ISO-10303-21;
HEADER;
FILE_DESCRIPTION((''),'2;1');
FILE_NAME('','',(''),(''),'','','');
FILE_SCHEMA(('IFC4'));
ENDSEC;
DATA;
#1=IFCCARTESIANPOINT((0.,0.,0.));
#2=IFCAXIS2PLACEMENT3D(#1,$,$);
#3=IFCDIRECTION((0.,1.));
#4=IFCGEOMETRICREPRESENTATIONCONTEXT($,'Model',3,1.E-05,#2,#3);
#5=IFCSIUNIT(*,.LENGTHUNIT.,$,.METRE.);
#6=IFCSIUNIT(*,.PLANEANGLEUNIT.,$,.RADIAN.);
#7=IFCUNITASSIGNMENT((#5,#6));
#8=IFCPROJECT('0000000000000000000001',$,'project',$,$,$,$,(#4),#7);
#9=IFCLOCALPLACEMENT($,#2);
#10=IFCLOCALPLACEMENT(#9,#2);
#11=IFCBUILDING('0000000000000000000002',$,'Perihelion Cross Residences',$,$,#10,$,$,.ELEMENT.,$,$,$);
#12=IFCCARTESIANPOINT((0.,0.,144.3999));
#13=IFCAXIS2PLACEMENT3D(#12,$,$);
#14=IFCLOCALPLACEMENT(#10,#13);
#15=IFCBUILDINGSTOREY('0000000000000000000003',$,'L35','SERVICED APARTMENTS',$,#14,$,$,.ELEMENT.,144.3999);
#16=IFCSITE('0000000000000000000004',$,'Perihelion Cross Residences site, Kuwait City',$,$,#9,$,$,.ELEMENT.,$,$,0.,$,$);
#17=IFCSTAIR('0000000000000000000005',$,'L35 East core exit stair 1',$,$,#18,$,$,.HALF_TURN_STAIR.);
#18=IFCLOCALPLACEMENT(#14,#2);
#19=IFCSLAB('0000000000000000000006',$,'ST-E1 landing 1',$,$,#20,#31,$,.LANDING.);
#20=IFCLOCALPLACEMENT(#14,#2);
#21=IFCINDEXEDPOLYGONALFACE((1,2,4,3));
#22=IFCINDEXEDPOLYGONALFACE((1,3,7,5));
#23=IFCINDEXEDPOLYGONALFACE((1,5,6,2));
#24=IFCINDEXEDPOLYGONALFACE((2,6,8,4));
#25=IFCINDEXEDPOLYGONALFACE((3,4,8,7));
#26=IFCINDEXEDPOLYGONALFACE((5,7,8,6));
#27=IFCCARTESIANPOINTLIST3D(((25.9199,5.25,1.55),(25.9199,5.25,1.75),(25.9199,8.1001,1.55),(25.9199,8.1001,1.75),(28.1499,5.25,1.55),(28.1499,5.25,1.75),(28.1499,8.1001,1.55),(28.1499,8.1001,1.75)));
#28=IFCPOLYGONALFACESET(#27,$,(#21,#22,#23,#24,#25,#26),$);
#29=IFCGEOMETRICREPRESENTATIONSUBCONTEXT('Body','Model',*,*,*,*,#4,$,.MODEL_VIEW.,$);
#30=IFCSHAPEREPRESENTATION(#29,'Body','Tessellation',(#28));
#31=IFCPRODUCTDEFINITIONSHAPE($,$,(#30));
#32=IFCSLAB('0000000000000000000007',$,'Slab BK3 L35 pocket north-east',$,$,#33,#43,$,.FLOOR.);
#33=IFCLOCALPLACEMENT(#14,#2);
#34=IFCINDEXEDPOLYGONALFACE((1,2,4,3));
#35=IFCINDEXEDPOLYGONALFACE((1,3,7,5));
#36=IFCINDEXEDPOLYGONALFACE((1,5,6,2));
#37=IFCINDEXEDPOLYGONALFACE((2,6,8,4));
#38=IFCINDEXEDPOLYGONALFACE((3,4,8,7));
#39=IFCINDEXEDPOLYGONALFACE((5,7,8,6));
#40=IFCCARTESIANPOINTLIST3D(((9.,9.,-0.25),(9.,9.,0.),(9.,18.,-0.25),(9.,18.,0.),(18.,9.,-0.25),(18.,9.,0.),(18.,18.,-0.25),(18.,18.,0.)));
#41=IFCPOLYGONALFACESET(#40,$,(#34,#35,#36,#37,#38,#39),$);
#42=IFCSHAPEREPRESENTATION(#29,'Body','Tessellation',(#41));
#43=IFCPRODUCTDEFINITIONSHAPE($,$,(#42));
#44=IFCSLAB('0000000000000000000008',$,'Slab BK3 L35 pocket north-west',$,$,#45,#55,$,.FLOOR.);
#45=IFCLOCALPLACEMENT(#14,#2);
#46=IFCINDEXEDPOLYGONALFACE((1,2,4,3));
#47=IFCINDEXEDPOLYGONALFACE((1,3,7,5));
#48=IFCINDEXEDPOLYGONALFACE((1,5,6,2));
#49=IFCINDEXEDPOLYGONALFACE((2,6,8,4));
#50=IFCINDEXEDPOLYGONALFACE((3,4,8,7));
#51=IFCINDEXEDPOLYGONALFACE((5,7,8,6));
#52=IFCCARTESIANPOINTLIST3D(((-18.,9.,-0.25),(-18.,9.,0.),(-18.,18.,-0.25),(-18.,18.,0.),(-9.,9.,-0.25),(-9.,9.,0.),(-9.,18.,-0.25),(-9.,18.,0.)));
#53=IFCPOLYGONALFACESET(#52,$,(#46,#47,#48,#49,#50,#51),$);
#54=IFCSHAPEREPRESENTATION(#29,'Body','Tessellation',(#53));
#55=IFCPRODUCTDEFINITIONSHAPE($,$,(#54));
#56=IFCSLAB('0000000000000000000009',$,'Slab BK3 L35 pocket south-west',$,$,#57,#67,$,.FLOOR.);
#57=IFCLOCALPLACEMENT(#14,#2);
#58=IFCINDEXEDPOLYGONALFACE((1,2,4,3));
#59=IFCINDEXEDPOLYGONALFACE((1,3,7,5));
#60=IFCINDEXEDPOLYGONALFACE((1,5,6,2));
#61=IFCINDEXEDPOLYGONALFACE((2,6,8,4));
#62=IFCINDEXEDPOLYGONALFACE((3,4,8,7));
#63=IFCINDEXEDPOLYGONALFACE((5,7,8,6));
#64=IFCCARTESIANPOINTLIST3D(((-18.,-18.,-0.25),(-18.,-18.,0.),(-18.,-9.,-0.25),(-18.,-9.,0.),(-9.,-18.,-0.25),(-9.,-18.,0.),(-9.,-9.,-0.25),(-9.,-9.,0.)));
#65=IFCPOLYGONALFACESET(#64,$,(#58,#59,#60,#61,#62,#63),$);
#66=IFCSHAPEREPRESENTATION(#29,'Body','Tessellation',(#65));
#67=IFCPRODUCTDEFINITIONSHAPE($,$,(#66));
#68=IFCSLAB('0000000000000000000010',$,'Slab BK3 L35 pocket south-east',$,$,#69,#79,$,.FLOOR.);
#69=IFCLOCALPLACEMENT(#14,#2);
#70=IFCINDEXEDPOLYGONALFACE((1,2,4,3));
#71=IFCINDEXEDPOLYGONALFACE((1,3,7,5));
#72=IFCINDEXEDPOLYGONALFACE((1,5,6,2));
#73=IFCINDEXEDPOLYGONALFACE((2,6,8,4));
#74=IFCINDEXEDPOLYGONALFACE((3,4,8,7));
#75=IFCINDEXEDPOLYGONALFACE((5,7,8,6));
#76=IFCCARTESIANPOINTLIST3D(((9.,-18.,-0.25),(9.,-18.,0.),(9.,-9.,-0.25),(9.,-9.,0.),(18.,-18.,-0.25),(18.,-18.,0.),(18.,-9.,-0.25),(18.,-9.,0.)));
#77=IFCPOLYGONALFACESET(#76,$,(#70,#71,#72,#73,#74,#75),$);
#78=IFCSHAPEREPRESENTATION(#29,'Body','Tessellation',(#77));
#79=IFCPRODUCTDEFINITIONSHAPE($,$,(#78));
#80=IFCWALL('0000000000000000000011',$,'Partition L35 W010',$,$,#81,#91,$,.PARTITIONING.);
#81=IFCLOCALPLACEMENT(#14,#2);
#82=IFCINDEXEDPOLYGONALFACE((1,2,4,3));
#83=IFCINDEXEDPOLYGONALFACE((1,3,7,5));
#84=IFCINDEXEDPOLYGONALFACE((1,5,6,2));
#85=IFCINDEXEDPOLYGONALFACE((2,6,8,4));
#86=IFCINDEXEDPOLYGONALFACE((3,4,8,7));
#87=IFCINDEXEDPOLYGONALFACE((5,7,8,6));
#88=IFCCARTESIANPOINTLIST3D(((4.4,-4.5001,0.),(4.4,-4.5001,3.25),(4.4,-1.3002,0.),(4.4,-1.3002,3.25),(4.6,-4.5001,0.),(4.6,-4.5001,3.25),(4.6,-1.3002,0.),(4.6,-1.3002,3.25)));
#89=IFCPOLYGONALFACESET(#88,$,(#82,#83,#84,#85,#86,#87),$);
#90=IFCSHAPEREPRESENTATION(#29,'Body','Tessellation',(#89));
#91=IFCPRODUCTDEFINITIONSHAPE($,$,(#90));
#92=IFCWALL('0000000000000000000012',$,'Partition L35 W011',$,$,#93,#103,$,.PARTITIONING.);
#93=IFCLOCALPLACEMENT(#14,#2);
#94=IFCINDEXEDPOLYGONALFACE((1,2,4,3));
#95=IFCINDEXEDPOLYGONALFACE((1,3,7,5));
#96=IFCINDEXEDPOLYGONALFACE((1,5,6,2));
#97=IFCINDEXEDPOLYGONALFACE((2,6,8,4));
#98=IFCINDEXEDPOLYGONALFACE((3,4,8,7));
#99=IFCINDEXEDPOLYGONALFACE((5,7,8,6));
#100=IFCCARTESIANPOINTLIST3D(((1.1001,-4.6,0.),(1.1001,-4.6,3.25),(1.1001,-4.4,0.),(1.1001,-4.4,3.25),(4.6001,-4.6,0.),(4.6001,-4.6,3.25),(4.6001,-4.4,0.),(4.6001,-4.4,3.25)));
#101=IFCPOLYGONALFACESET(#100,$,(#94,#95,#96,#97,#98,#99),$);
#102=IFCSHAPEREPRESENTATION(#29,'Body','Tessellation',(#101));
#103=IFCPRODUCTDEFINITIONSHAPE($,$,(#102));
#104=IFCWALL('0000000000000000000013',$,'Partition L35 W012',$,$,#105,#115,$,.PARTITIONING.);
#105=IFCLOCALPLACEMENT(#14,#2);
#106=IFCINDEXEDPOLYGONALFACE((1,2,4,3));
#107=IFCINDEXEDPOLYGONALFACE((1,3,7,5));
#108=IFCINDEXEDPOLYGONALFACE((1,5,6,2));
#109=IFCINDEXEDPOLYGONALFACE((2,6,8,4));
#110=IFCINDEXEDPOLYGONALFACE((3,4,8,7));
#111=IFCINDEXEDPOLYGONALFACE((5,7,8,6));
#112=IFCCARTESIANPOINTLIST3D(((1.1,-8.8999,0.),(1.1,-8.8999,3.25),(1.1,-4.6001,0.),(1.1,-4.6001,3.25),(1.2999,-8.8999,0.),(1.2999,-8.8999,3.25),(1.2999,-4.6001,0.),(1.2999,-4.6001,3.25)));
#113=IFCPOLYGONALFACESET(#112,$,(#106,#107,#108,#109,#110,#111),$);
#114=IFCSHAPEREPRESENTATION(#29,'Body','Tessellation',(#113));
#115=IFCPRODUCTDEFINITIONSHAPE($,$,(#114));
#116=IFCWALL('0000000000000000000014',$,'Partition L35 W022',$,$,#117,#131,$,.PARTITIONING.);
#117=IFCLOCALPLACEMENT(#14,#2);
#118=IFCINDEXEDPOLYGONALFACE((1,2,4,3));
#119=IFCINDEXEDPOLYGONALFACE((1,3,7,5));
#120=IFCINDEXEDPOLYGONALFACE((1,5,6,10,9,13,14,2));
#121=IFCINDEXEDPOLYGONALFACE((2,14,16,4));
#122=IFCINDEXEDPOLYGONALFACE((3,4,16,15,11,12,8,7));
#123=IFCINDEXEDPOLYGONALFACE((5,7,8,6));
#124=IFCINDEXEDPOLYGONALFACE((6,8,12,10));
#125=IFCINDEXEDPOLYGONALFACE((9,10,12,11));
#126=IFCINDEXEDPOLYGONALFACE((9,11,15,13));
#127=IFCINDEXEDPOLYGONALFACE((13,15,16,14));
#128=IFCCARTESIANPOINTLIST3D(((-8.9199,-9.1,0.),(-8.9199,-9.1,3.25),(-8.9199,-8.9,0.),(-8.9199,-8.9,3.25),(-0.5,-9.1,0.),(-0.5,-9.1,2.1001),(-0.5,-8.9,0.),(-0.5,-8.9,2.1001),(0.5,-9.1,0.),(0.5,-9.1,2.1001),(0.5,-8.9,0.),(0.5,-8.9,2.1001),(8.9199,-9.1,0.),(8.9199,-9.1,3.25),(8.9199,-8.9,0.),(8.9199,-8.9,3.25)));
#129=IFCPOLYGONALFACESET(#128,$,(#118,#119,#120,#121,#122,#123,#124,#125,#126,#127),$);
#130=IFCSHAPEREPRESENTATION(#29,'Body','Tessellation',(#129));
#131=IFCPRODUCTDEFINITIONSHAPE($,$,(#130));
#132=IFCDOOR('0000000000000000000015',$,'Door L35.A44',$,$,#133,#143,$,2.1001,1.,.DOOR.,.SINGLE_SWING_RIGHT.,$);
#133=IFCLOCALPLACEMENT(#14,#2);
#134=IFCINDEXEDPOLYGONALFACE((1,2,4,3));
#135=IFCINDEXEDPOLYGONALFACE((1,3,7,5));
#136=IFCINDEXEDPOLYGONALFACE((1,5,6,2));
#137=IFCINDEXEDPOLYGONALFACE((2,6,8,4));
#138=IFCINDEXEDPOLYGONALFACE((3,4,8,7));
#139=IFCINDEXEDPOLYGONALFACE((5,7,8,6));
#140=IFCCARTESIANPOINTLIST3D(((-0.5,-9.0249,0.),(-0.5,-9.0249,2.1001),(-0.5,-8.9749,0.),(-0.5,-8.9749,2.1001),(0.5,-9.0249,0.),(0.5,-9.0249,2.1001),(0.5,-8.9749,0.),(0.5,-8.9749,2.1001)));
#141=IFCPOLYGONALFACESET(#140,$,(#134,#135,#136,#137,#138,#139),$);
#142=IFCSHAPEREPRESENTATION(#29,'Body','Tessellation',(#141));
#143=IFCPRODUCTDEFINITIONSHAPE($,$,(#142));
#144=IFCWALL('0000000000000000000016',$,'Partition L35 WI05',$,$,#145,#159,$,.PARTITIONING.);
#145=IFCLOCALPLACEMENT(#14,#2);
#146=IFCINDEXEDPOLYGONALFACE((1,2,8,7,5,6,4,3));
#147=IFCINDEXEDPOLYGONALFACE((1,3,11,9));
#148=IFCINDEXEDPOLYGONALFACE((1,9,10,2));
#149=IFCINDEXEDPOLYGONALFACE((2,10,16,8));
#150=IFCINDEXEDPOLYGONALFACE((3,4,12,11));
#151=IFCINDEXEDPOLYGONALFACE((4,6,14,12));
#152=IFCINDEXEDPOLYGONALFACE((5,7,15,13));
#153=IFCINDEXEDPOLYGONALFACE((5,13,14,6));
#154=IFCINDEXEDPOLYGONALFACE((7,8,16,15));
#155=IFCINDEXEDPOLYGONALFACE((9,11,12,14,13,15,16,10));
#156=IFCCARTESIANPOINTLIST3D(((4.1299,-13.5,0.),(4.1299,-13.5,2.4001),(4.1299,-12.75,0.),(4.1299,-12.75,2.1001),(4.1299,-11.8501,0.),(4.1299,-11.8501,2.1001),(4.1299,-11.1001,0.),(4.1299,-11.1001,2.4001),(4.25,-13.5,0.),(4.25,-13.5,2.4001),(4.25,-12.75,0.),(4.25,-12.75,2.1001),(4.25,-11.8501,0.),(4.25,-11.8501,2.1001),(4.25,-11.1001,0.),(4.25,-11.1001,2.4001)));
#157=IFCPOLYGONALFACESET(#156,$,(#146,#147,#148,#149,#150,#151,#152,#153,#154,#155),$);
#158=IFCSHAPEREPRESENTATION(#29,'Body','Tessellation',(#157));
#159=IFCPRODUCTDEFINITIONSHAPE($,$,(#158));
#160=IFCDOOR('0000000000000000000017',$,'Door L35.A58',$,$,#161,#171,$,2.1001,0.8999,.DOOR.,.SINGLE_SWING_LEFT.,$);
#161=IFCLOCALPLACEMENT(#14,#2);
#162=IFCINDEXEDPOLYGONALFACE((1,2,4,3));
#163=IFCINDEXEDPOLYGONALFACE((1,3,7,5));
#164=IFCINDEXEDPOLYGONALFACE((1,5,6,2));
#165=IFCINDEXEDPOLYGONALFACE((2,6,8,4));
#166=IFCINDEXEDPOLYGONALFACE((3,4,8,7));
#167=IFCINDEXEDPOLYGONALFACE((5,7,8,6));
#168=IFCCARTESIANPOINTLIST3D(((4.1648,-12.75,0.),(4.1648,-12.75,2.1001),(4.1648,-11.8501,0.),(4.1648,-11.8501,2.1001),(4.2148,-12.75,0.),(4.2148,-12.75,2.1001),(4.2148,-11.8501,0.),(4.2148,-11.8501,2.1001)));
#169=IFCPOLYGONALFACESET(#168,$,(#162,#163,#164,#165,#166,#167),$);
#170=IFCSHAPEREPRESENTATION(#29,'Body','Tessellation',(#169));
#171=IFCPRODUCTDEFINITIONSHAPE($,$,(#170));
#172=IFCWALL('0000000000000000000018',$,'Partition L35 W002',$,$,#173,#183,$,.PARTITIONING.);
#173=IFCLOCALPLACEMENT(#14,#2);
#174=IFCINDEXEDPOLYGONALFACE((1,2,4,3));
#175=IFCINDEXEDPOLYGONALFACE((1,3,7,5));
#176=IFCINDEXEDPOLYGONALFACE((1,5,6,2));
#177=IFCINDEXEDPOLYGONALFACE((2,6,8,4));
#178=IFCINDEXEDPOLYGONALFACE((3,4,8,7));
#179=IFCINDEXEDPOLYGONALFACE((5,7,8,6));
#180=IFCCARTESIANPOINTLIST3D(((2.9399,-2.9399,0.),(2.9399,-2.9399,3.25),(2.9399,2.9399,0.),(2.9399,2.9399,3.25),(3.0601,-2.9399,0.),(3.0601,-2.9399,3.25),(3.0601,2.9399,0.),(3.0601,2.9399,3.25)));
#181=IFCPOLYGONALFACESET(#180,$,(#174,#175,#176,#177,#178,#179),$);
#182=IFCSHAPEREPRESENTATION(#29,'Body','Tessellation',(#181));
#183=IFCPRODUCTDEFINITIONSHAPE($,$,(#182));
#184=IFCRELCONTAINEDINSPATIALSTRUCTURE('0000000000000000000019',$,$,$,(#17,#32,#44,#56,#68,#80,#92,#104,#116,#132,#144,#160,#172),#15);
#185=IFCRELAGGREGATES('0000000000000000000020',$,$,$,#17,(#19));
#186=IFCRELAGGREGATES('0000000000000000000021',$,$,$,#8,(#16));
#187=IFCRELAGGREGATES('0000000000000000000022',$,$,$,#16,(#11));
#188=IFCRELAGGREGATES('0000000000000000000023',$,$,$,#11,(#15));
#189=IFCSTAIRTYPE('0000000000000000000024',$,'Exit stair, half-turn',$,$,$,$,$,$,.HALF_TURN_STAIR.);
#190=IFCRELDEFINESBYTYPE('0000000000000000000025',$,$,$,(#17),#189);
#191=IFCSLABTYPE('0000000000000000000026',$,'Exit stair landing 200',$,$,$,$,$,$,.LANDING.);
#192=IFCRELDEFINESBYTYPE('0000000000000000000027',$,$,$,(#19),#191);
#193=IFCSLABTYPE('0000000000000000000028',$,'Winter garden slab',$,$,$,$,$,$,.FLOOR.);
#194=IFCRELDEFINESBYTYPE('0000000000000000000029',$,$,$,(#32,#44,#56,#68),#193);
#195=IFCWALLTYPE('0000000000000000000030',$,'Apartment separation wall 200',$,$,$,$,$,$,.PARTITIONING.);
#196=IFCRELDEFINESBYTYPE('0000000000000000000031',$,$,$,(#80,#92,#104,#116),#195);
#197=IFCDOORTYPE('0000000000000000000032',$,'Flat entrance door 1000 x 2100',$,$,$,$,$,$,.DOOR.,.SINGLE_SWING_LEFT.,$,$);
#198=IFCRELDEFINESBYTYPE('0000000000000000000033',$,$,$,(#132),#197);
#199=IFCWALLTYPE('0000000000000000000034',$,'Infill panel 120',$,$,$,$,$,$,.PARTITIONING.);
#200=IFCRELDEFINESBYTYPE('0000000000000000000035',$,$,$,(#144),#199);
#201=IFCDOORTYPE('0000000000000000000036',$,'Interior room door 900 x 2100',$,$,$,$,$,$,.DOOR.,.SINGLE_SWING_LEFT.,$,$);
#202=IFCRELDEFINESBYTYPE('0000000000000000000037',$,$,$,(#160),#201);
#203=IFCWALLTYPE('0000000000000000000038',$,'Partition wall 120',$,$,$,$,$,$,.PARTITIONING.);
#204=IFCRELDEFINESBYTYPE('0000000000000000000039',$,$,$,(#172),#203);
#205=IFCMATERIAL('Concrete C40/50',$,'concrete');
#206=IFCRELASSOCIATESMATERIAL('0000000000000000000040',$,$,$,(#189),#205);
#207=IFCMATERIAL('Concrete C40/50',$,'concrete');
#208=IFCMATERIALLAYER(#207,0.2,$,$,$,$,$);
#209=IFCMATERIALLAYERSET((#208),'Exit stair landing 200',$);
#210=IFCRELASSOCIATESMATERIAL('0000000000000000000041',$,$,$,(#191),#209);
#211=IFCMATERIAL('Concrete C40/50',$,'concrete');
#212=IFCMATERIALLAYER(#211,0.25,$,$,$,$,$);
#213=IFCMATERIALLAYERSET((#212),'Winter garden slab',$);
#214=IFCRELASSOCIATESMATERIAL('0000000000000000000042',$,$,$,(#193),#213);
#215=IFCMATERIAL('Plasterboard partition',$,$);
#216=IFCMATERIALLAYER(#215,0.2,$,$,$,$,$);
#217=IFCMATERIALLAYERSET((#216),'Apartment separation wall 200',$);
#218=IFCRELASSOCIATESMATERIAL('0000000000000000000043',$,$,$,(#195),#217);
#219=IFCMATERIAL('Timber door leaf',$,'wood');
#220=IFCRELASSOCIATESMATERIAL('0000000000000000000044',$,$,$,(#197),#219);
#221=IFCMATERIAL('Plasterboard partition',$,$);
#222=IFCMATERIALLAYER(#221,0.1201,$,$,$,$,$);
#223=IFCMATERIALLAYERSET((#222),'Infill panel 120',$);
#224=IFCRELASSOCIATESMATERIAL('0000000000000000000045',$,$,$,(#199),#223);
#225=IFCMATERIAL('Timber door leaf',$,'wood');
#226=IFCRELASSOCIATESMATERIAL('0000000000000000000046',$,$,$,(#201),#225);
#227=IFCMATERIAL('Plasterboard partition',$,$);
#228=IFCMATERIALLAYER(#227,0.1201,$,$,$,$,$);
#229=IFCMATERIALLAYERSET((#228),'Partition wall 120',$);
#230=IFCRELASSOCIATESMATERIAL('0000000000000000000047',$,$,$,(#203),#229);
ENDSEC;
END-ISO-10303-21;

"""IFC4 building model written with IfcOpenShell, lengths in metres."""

from ifc_helpers import new_model, si_unit, direction, frame, frame_2d, origin, place, context, subcontext, project, spatial, polyline, rectangle, outline, extrude, material, layer, layer_set, type_object, element, fill, aggregate, save


model = new_model("IFC4")

# Units and contexts
model_context = context("Model", 3, precision=1e-05, world=origin(), true_north=direction((0.0, 1.0)))
body_context = subcontext(model_context, "Body", "Model", "MODEL_VIEW")
ifc_project = project(units=[si_unit("LENGTHUNIT", "METRE"), si_unit("PLANEANGLEUNIT", "RADIAN")], contexts=[model_context])

# Site, building, storey
site_placement = place(None, origin())
site = spatial("IfcSite", under=ifc_project, at=site_placement, Name="Perihelion Cross Residences site, Kuwait City", CompositionType="ELEMENT", RefElevation=0.0)
building_placement = place(site_placement, origin())
building = spatial("IfcBuilding", under=site, at=building_placement, Name="Perihelion Cross Residences", CompositionType="ELEMENT")
storey_placement = place(building_placement, frame((0.0, 0.0, 144.3999)))
storey = spatial("IfcBuildingStorey", under=building, at=storey_placement, Name="L35", Description="SERVICED APARTMENTS", CompositionType="ELEMENT", Elevation=144.3999)

# Stair, slab
ifc_material_1 = material(Name="Concrete C40/50", Category="concrete")
stair_type = type_object("IfcStairType", Name="Exit stair, half-turn", PredefinedType="HALF_TURN_STAIR", material=ifc_material_1)
stair_placement = place(storey_placement, origin())
stair = element("IfcStair", 1, at=stair_placement, inside=storey, type_object=stair_type, Name="L35 East core exit stair 1", PredefinedType="HALF_TURN_STAIR")
ifc_material_2 = material(Name="Concrete C40/50", Category="concrete")
ifc_layer_1 = layer(ifc_material_2, 0.2)
ifc_layer_set_1 = layer_set([ifc_layer_1], Name="Exit stair landing 200")
slab_type_1 = type_object("IfcSlabType", Name="Exit stair landing 200", PredefinedType="LANDING", material=ifc_layer_set_1)
slab_1_placement = place(storey_placement, frame((0.0, 0.0, 1.55)))
slab_1 = element("IfcSlab", 2, at=slab_1_placement, type_object=slab_type_1, Name="ST-E1 landing 1", PredefinedType="LANDING", context=body_context, shape_type="SweptSolid", body=[
    extrude(outline(polyline([(25.9199, 5.25), (28.1499, 5.25), (28.1499, 8.1001), (25.9199, 8.1001), (25.9199, 5.25)])), origin(), (0.0, 0.0, 1.0), 0.2),
])
aggregate(stair, [slab_1])

# Slabs
ifc_material_3 = material(Name="Concrete C40/50", Category="concrete")
ifc_layer_2 = layer(ifc_material_3, 0.25)
ifc_layer_set_2 = layer_set([ifc_layer_2], Name="Winter garden slab")
slab_type_2 = type_object("IfcSlabType", Name="Winter garden slab", PredefinedType="FLOOR", material=ifc_layer_set_2)
slab_2_placement = place(storey_placement, frame((0.0, 0.0, -0.25)))
element("IfcSlab", 3, at=slab_2_placement, inside=storey, type_object=slab_type_2, Name="Slab BK3 L35 pocket north-east", PredefinedType="FLOOR", context=body_context, shape_type="SweptSolid", body=[
    extrude(outline(polyline([(18.0, 9.0), (18.0, 18.0), (9.0, 18.0), (9.0, 9.0), (18.0, 9.0)])), origin(), (0.0, 0.0, 1.0), 0.25),
])
slab_3_placement = place(storey_placement, frame((0.0, 0.0, -0.25)))
element("IfcSlab", 4, at=slab_3_placement, inside=storey, type_object=slab_type_2, Name="Slab BK3 L35 pocket north-west", PredefinedType="FLOOR", context=body_context, shape_type="SweptSolid", body=[
    extrude(outline(polyline([(-9.0, 9.0), (-9.0, 18.0), (-18.0, 18.0), (-18.0, 9.0), (-9.0, 9.0)])), origin(), (0.0, 0.0, 1.0), 0.25),
])
slab_4_placement = place(storey_placement, frame((0.0, 0.0, -0.25)))
element("IfcSlab", 5, at=slab_4_placement, inside=storey, type_object=slab_type_2, Name="Slab BK3 L35 pocket south-west", PredefinedType="FLOOR", context=body_context, shape_type="SweptSolid", body=[
    extrude(outline(polyline([(-9.0, -18.0), (-9.0, -9.0), (-18.0, -9.0), (-18.0, -18.0), (-9.0, -18.0)])), origin(), (0.0, 0.0, 1.0), 0.25),
])
slab_5_placement = place(storey_placement, frame((0.0, 0.0, -0.25)))
element("IfcSlab", 6, at=slab_5_placement, inside=storey, type_object=slab_type_2, Name="Slab BK3 L35 pocket south-east", PredefinedType="FLOOR", context=body_context, shape_type="SweptSolid", body=[
    extrude(outline(polyline([(18.0, -18.0), (18.0, -9.0), (9.0, -9.0), (9.0, -18.0), (18.0, -18.0)])), origin(), (0.0, 0.0, 1.0), 0.25),
])

# Walls
ifc_material_4 = material(Name="Plasterboard partition")
ifc_layer_3 = layer(ifc_material_4, 0.2)
ifc_layer_set_3 = layer_set([ifc_layer_3], Name="Apartment separation wall 200")
wall_type_1 = type_object("IfcWallType", Name="Apartment separation wall 200", PredefinedType="PARTITIONING", material=ifc_layer_set_3)
wall_1_placement = place(storey_placement, frame((4.5, -1.3, 0.0), z_axis=(0.0, 0.0, 1.0), x_axis=(0.0, -1.0, 0.0)))
element("IfcWall", 7, at=wall_1_placement, inside=storey, type_object=wall_type_1, Name="Partition L35 W010", PredefinedType="PARTITIONING", context=body_context, shape_type="SweptSolid", body=[
    extrude(rectangle(XDim=3.2, YDim=0.2, at=frame_2d((1.6001, 0.0))), origin(), (0.0, 0.0, 1.0), 3.25),
])
wall_2_placement = place(storey_placement, frame((4.6001, -4.5, 0.0), z_axis=(0.0, 0.0, 1.0), x_axis=(-1.0, 0.0, 0.0)))
element("IfcWall", 8, at=wall_2_placement, inside=storey, type_object=wall_type_1, Name="Partition L35 W011", PredefinedType="PARTITIONING", context=body_context, shape_type="SweptSolid", body=[
    extrude(rectangle(XDim=3.5, YDim=0.2, at=frame_2d((1.75, 0.0))), origin(), (0.0, 0.0, 1.0), 3.25),
])
wall_3_placement = place(storey_placement, frame((1.2, -4.6001, 0.0), z_axis=(0.0, 0.0, 1.0), x_axis=(0.0, -1.0, 0.0)))
element("IfcWall", 9, at=wall_3_placement, inside=storey, type_object=wall_type_1, Name="Partition L35 W012", PredefinedType="PARTITIONING", context=body_context, shape_type="SweptSolid", body=[
    extrude(rectangle(XDim=4.2998, YDim=0.2, at=frame_2d((2.1499, 0.0))), origin(), (0.0, 0.0, 1.0), 3.25),
])

# Walls, openings, doors
wall_4_placement = place(storey_placement, frame((8.9199, -9.0, 0.0), z_axis=(0.0, 0.0, 1.0), x_axis=(-1.0, 0.0, 0.0)))
wall_4 = element("IfcWall", 10, at=wall_4_placement, inside=storey, type_object=wall_type_1, Name="Partition L35 W022", PredefinedType="PARTITIONING", context=body_context, shape_type="SweptSolid", body=[
    extrude(rectangle(XDim=17.8398, YDim=0.2, at=frame_2d((8.9199, 0.0))), origin(), (0.0, 0.0, 1.0), 3.25),
])
opening_1_placement = place(wall_4_placement, frame((8.4199, 0.0, 0.0)))
opening_1 = element("IfcOpeningElement", 11, at=opening_1_placement, cuts=wall_4, PredefinedType="OPENING", context=body_context, shape_type="SweptSolid", body=[
    extrude(rectangle(XDim=1.0, YDim=2.1001, at=frame_2d((0.5, 1.05))), frame((0.0, 0.1099, 0.0), z_axis=(0.0, -1.0, 0.0), x_axis=(1.0, 0.0, 0.0)), (0.0, 0.0, 1.0), 0.22),
])
ifc_material_5 = material(Name="Timber door leaf", Category="wood")
door_type_1 = type_object("IfcDoorType", Name="Flat entrance door 1000 x 2100", OperationType="SINGLE_SWING_LEFT", PredefinedType="DOOR", material=ifc_material_5)
door_1_placement = place(opening_1_placement, origin())
door_1 = element("IfcDoor", 12, at=door_1_placement, inside=storey, type_object=door_type_1, Name="Door L35.A44", OperationType="SINGLE_SWING_RIGHT", OverallHeight=2.1001, OverallWidth=1.0, PredefinedType="DOOR", context=body_context, shape_type="SweptSolid", body=[
    extrude(rectangle(XDim=1.0, YDim=2.1001, at=frame_2d((0.5, 1.05))), frame((0.0, 0.0249, 0.0), z_axis=(0.0, -1.0, 0.0), x_axis=(1.0, 0.0, 0.0)), (0.0, 0.0, 1.0), 0.05),
])
fill(opening_1, door_1)
ifc_material_6 = material(Name="Plasterboard partition")
ifc_layer_4 = layer(ifc_material_6, 0.1201)
ifc_layer_set_4 = layer_set([ifc_layer_4], Name="Infill panel 120")
wall_type_2 = type_object("IfcWallType", Name="Infill panel 120", PredefinedType="PARTITIONING", material=ifc_layer_set_4)
wall_5_placement = place(storey_placement, frame((4.1899, -11.1001, 0.0), z_axis=(0.0, 0.0, 1.0), x_axis=(0.0, -1.0, 0.0)))
wall_5 = element("IfcWall", 13, at=wall_5_placement, inside=storey, type_object=wall_type_2, Name="Partition L35 WI05", PredefinedType="PARTITIONING", context=body_context, shape_type="SweptSolid", body=[
    extrude(rectangle(XDim=2.3999, YDim=0.1201, at=frame_2d((1.2, 0.0))), origin(), (0.0, 0.0, 1.0), 2.4001),
])
opening_2_placement = place(wall_5_placement, frame((0.75, 0.0, 0.0)))
opening_2 = element("IfcOpeningElement", 14, at=opening_2_placement, cuts=wall_5, PredefinedType="OPENING", context=body_context, shape_type="SweptSolid", body=[
    extrude(rectangle(XDim=0.8999, YDim=2.1001, at=frame_2d((0.45, 1.05))), frame((0.0, 0.0701, 0.0), z_axis=(0.0, -1.0, 0.0), x_axis=(1.0, 0.0, 0.0)), (0.0, 0.0, 1.0), 0.1401),
])
ifc_material_7 = material(Name="Timber door leaf", Category="wood")
door_type_2 = type_object("IfcDoorType", Name="Interior room door 900 x 2100", OperationType="SINGLE_SWING_LEFT", PredefinedType="DOOR", material=ifc_material_7)
door_2_placement = place(opening_2_placement, origin())
door_2 = element("IfcDoor", 15, at=door_2_placement, inside=storey, type_object=door_type_2, Name="Door L35.A58", OperationType="SINGLE_SWING_LEFT", OverallHeight=2.1001, OverallWidth=0.8999, PredefinedType="DOOR", context=body_context, shape_type="SweptSolid", body=[
    extrude(rectangle(XDim=0.8999, YDim=2.1001, at=frame_2d((0.45, 1.05))), frame((0.0, 0.0249, 0.0), z_axis=(0.0, -1.0, 0.0), x_axis=(1.0, 0.0, 0.0)), (0.0, 0.0, 1.0), 0.05),
])
fill(opening_2, door_2)

# Wall
ifc_material_8 = material(Name="Plasterboard partition")
ifc_layer_5 = layer(ifc_material_8, 0.1201)
ifc_layer_set_5 = layer_set([ifc_layer_5], Name="Partition wall 120")
wall_type_3 = type_object("IfcWallType", Name="Partition wall 120", PredefinedType="PARTITIONING", material=ifc_layer_set_5)
wall_6_placement = place(storey_placement, frame((3.0, -2.9399, 0.0), z_axis=(0.0, 0.0, 1.0), x_axis=(0.0, 1.0, 0.0)))
element("IfcWall", 16, at=wall_6_placement, inside=storey, type_object=wall_type_3, Name="Partition L35 W002", PredefinedType="PARTITIONING", context=body_context, shape_type="SweptSolid", body=[
    extrude(rectangle(XDim=5.8799, YDim=0.1201, at=frame_2d((2.9399, 0.0))), origin(), (0.0, 0.0, 1.0), 3.25),
])

save(model, "model.ifc")
